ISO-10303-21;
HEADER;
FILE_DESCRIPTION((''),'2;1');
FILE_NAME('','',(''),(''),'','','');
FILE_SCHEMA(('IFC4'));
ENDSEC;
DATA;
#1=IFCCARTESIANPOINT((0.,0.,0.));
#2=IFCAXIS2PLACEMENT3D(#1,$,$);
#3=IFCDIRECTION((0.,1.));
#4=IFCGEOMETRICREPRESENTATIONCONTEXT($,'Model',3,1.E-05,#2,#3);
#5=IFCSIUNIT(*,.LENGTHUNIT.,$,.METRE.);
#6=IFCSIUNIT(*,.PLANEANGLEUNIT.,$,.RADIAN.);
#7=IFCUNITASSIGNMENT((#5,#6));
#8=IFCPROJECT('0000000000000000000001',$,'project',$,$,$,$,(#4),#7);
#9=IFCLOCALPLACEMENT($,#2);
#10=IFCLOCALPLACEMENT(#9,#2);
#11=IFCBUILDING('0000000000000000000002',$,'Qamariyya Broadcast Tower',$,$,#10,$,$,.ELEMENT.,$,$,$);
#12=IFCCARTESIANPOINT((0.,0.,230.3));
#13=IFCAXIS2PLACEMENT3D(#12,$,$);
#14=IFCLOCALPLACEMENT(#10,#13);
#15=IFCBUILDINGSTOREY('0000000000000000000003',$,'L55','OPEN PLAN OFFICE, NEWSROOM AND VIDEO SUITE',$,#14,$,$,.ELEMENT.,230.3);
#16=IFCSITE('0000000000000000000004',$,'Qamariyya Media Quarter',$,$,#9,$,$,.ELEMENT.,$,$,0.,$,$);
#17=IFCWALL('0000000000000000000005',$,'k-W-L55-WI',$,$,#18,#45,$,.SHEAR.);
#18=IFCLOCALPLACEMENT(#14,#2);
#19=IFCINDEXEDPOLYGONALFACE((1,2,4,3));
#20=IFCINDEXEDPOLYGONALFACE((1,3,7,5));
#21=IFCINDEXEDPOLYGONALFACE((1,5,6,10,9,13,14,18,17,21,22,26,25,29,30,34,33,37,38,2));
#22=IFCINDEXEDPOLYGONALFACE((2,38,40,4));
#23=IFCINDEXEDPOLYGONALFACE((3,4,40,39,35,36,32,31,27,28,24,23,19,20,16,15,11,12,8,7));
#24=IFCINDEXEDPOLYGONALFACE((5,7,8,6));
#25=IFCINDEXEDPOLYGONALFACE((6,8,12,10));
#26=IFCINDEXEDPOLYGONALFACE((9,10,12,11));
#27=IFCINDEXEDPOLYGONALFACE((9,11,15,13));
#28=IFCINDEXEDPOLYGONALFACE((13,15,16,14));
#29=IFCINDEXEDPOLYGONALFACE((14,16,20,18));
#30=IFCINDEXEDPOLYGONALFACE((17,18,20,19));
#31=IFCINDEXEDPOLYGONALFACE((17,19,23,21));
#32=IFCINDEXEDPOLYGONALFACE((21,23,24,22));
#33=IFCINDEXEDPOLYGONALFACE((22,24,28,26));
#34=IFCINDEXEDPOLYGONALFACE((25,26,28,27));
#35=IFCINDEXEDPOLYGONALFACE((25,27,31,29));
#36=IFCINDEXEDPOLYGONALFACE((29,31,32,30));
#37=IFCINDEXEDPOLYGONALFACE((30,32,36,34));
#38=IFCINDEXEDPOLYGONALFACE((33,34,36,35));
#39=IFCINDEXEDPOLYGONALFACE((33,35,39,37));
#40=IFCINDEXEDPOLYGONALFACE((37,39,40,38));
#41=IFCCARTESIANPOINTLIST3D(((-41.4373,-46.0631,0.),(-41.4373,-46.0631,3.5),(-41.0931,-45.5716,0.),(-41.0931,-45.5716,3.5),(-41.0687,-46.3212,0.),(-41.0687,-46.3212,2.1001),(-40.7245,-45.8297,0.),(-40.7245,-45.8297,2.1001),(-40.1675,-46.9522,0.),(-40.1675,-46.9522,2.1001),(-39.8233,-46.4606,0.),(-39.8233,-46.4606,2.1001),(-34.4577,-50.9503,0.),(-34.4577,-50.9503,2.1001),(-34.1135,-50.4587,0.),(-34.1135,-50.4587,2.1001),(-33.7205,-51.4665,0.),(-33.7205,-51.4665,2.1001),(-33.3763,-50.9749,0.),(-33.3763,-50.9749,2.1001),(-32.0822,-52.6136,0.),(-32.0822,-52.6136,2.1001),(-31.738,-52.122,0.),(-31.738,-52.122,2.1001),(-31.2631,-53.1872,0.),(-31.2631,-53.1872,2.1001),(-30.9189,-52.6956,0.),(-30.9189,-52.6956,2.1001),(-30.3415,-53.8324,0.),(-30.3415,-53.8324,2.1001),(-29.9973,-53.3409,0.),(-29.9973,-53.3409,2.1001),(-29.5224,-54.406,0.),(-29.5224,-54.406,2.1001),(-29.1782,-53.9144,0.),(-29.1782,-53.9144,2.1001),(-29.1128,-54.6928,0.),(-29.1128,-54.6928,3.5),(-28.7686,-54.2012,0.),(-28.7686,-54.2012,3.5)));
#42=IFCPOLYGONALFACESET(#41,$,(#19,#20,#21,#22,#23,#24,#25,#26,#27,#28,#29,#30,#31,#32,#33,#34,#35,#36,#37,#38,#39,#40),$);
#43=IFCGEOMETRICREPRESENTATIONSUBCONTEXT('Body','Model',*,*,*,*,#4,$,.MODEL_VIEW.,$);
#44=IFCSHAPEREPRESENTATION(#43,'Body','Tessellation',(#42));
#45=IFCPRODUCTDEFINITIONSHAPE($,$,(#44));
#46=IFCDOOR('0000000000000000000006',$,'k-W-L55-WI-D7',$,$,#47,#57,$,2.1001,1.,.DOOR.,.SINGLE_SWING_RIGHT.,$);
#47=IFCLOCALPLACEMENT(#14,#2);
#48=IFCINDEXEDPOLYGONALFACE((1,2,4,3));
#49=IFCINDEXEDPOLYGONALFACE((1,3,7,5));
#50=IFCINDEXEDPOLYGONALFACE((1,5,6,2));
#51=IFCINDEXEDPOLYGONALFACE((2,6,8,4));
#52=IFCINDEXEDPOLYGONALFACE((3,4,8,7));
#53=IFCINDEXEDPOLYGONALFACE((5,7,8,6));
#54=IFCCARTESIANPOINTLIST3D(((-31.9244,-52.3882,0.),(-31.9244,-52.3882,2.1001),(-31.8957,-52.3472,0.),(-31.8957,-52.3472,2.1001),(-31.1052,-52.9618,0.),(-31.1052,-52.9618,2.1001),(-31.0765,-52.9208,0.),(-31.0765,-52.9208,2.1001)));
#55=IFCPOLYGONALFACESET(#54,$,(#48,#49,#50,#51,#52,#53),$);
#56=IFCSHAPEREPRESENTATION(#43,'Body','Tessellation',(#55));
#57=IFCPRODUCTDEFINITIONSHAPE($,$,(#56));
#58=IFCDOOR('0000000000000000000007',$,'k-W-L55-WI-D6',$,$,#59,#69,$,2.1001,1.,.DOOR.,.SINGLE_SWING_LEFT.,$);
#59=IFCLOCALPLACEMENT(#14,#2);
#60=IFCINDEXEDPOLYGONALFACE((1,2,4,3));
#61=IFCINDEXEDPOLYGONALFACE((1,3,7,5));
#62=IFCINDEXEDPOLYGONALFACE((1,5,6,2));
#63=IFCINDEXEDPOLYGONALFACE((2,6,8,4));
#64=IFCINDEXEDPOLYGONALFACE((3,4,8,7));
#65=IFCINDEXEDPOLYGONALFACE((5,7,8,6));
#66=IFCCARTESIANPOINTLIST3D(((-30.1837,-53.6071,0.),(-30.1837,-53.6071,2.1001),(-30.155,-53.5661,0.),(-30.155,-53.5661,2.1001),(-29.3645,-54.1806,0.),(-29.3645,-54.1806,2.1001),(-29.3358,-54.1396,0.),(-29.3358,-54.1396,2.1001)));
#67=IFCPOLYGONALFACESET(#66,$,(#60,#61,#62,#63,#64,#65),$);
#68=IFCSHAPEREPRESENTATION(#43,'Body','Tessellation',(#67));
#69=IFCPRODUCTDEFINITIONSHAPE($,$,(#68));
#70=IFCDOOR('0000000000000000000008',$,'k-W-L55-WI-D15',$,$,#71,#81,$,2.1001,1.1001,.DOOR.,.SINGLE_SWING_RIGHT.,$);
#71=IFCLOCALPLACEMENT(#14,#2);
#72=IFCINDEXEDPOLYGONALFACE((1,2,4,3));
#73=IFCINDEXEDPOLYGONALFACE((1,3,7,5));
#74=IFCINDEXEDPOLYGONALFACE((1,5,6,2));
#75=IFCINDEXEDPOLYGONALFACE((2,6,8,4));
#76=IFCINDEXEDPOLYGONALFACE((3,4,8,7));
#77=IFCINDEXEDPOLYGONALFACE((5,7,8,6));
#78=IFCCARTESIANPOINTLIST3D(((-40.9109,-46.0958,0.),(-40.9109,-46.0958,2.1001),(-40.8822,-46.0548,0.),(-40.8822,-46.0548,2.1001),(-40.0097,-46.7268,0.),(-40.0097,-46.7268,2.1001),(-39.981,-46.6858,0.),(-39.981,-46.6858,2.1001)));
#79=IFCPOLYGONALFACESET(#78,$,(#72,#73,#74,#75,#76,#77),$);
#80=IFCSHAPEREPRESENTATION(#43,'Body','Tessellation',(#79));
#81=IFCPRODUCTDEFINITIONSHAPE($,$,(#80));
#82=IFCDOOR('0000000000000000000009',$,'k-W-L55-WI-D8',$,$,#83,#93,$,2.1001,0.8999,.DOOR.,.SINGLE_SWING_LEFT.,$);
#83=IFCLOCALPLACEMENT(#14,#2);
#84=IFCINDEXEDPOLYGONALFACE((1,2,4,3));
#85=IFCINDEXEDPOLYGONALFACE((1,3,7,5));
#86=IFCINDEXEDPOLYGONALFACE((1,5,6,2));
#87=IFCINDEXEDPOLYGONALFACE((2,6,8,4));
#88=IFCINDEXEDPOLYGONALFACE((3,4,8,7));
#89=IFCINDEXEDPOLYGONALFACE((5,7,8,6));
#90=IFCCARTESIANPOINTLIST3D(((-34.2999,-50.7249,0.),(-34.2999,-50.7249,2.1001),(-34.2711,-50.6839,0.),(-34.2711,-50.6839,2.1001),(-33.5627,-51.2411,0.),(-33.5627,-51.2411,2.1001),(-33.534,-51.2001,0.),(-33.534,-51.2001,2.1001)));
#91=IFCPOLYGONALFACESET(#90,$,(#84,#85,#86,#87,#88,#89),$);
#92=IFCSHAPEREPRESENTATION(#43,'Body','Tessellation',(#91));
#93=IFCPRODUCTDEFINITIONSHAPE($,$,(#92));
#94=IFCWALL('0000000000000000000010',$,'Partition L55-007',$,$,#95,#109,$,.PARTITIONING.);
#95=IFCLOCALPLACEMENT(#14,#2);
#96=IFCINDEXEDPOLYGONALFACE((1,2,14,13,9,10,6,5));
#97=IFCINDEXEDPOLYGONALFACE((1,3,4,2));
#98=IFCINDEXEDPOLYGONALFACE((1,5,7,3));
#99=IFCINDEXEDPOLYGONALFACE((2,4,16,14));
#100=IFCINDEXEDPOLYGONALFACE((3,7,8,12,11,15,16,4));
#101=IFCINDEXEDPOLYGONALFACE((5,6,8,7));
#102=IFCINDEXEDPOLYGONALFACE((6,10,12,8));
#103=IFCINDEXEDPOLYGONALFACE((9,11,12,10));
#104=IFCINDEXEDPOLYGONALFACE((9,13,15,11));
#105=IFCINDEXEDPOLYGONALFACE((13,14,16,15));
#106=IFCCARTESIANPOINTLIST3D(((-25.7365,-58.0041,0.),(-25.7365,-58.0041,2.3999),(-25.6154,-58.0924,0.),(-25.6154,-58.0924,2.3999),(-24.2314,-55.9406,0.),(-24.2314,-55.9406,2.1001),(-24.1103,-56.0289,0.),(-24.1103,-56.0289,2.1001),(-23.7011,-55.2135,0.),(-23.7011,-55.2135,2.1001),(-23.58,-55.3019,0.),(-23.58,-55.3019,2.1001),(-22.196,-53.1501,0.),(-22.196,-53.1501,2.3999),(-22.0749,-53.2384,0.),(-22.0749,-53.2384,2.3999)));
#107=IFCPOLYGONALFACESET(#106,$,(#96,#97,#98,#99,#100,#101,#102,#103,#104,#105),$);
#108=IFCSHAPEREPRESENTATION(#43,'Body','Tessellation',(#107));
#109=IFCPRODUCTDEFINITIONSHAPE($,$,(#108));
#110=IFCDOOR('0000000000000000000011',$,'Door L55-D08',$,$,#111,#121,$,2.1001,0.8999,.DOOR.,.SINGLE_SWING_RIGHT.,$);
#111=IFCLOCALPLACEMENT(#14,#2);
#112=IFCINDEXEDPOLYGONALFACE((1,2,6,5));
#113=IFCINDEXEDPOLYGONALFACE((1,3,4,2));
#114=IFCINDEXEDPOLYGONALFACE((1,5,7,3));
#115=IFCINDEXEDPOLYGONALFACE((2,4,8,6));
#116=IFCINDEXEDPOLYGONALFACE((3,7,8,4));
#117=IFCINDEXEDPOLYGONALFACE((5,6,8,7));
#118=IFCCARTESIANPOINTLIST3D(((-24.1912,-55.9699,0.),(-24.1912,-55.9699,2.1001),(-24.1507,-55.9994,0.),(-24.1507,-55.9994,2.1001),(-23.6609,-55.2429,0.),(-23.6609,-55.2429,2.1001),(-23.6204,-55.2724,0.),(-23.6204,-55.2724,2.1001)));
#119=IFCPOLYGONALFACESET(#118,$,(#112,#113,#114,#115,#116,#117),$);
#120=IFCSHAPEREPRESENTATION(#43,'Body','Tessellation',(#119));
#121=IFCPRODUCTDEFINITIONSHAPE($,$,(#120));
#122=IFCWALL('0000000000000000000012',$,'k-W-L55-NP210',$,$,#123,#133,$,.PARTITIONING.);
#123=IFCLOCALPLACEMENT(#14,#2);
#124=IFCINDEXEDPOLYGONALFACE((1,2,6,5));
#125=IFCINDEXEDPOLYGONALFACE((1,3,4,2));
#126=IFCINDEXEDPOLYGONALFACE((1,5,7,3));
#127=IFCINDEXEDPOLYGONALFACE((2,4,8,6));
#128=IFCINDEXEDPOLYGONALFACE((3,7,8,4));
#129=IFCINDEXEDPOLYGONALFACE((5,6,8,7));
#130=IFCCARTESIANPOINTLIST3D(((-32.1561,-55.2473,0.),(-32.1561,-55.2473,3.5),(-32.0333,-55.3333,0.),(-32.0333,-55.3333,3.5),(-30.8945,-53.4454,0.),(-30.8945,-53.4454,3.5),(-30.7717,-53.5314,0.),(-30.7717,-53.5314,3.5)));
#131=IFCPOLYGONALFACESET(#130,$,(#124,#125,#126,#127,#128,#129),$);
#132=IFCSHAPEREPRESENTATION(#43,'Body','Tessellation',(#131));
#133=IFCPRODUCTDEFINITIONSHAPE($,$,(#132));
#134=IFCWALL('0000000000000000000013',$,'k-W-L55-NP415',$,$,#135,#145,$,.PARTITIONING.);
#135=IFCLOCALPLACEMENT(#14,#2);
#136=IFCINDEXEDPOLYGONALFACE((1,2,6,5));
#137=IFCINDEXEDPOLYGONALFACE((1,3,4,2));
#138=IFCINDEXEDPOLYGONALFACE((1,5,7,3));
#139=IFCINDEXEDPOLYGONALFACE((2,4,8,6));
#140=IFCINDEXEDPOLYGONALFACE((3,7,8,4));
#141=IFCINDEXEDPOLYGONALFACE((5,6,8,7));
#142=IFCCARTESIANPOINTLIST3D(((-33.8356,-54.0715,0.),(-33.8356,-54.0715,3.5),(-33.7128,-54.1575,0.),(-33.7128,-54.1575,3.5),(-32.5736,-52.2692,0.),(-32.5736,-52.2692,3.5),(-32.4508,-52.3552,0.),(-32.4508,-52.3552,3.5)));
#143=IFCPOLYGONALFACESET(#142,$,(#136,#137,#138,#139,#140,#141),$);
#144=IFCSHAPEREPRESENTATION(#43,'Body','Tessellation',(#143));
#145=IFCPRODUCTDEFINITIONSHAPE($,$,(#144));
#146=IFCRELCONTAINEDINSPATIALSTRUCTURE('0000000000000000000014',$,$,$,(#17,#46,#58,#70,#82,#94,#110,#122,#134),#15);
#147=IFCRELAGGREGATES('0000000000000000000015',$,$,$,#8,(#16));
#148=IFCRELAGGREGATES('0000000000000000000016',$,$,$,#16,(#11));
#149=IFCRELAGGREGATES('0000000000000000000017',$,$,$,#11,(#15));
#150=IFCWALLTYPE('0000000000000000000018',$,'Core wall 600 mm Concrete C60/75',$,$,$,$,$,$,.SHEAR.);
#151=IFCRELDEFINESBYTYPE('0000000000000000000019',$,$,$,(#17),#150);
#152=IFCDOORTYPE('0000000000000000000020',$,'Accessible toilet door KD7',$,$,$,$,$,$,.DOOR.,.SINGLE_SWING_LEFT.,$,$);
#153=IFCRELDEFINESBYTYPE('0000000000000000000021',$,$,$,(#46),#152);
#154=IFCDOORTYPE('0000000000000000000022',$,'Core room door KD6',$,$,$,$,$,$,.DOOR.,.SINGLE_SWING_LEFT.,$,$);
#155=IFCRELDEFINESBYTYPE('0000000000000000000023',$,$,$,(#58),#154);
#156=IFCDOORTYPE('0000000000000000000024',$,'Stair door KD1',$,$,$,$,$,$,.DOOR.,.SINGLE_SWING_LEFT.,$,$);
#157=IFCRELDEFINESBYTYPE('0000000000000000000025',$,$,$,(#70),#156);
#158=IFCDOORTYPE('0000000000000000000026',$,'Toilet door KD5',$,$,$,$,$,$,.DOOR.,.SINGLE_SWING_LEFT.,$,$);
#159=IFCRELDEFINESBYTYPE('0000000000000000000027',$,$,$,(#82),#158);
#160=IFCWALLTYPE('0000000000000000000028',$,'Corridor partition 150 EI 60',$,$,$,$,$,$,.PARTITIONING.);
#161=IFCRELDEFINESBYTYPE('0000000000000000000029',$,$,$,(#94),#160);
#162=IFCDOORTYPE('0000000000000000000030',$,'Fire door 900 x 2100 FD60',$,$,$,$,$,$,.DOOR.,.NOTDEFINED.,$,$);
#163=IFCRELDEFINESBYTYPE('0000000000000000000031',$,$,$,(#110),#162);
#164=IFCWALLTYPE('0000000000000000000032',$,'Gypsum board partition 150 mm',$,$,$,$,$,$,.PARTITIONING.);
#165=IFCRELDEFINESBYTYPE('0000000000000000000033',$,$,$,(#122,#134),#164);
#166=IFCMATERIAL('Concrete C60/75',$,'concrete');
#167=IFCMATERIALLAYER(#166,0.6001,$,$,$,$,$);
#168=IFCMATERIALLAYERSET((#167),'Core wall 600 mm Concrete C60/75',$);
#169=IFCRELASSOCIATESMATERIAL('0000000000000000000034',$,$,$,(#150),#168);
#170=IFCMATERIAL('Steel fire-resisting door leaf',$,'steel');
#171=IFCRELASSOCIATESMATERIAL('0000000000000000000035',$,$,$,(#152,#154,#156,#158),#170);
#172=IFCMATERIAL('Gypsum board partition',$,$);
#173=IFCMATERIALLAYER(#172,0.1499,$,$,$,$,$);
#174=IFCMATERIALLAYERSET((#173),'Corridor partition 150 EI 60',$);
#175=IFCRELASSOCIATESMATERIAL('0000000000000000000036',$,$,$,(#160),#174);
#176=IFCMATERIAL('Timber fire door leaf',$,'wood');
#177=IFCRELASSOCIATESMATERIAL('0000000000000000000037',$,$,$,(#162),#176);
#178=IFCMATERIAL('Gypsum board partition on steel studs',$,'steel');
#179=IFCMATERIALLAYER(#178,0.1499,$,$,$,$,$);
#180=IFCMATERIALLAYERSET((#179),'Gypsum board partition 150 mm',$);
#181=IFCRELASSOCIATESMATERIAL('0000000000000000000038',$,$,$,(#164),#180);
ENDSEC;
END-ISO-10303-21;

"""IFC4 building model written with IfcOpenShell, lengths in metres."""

from ifc_helpers import new_model, si_unit, direction, frame, frame_2d, origin, place, context, subcontext, project, spatial, rectangle, extrude, material, layer, layer_set, type_object, element, fill, save


model = new_model("IFC4")

# Units and contexts
model_context = context("Model", 3, precision=1e-05, world=origin(), true_north=direction((0.0, 1.0)))
body_context = subcontext(model_context, "Body", "Model", "MODEL_VIEW")
ifc_project = project(units=[si_unit("LENGTHUNIT", "METRE"), si_unit("PLANEANGLEUNIT", "RADIAN")], contexts=[model_context])

# Site, building, storey
site_placement = place(None, origin())
site = spatial("IfcSite", under=ifc_project, at=site_placement, Name="Qamariyya Media Quarter", CompositionType="ELEMENT", RefElevation=0.0)
building_placement = place(site_placement, origin())
building = spatial("IfcBuilding", under=site, at=building_placement, Name="Qamariyya Broadcast Tower", CompositionType="ELEMENT")
storey_placement = place(building_placement, frame((0.0, 0.0, 230.3)))
storey = spatial("IfcBuildingStorey", under=building, at=storey_placement, Name="L55", Description="OPEN PLAN OFFICE, NEWSROOM AND VIDEO SUITE", CompositionType="ELEMENT", Elevation=230.3)

# Shared definitions
ifc_material_1 = material(Name="Concrete C60/75", Category="concrete")

# Wall, openings, doors
ifc_layer_1 = layer(ifc_material_1, 0.6001)
ifc_layer_set_1 = layer_set([ifc_layer_1], Name="Core wall 600 mm Concrete C60/75")
wall_type_1 = type_object("IfcWallType", Name="Core wall 600 mm Concrete C60/75", PredefinedType="SHEAR", material=ifc_layer_set_1)
wall_1_placement = place(storey_placement, frame((-28.9407, -54.447, 0.0), z_axis=(0.0, 0.0, 1.0), x_axis=(-0.819153, 0.573575, 0.0)))
wall_1 = element("IfcWall", 1, at=wall_1_placement, inside=storey, type_object=wall_type_1, Name="k-W-L55-WI", PredefinedType="SHEAR", context=body_context, shape_type="SweptSolid", body=[
    extrude(rectangle(XDim=15.0454, YDim=0.6001, at=frame_2d((7.5227, 0.0))), origin(), (0.0, 0.0, 1.0), 3.5),
])
opening_1_placement = place(wall_1_placement, frame((0.5, 0.0, 0.0)))
opening_1 = element("IfcOpeningElement", 2, at=opening_1_placement, cuts=wall_1, PredefinedType="OPENING", context=body_context, shape_type="SweptSolid", body=[
    extrude(rectangle(XDim=1.0, YDim=2.1001, at=frame_2d((0.5, 1.05))), frame((0.0, 0.3101, 0.0), z_axis=(0.0, -1.0, 0.0), x_axis=(1.0, 0.0, 0.0)), (0.0, 0.0, 1.0), 0.6201),
])
opening_2_placement = place(wall_1_placement, frame((2.625, 0.0, 0.0)))
opening_2 = element("IfcOpeningElement", 3, at=opening_2_placement, cuts=wall_1, PredefinedType="OPENING", context=body_context, shape_type="SweptSolid", body=[
    extrude(rectangle(XDim=1.0, YDim=2.1001, at=frame_2d((0.5, 1.05))), frame((0.0, 0.3101, 0.0), z_axis=(0.0, -1.0, 0.0), x_axis=(1.0, 0.0, 0.0)), (0.0, 0.0, 1.0), 0.6201),
])
opening_3_placement = place(wall_1_placement, frame((5.625, 0.0, 0.0)))
opening_3 = element("IfcOpeningElement", 4, at=opening_3_placement, cuts=wall_1, PredefinedType="OPENING", context=body_context, shape_type="SweptSolid", body=[
    extrude(rectangle(XDim=0.8999, YDim=2.1001, at=frame_2d((0.45, 1.05))), frame((0.0, 0.3101, 0.0), z_axis=(0.0, -1.0, 0.0), x_axis=(1.0, 0.0, 0.0)), (0.0, 0.0, 1.0), 0.6201),
])
opening_4_placement = place(wall_1_placement, frame((13.4954, 0.0, 0.0)))
opening_4 = element("IfcOpeningElement", 5, at=opening_4_placement, cuts=wall_1, PredefinedType="OPENING", context=body_context, shape_type="SweptSolid", body=[
    extrude(rectangle(XDim=1.1001, YDim=2.1001, at=frame_2d((0.55, 1.05))), frame((0.0, 0.3101, 0.0), z_axis=(0.0, -1.0, 0.0), x_axis=(1.0, 0.0, 0.0)), (0.0, 0.0, 1.0), 0.6201),
])
ifc_material_2 = material(Name="Steel fire-resisting door leaf", Category="steel")
door_type_1 = type_object("IfcDoorType", Name="Accessible toilet door KD7", OperationType="SINGLE_SWING_LEFT", PredefinedType="DOOR", material=ifc_material_2)
door_1_placement = place(opening_2_placement, origin())
door_1 = element("IfcDoor", 6, at=door_1_placement, inside=storey, type_object=door_type_1, Name="k-W-L55-WI-D7", OperationType="SINGLE_SWING_RIGHT", OverallHeight=2.1001, OverallWidth=1.0, PredefinedType="DOOR", context=body_context, shape_type="SweptSolid", body=[
    extrude(rectangle(XDim=1.0, YDim=2.1001, at=frame_2d((0.5, 1.05))), frame((0.0, 0.0249, 0.0), z_axis=(0.0, -1.0, 0.0), x_axis=(1.0, 0.0, 0.0)), (0.0, 0.0, 1.0), 0.05),
])
fill(opening_2, door_1)
door_type_2 = type_object("IfcDoorType", Name="Core room door KD6", OperationType="SINGLE_SWING_LEFT", PredefinedType="DOOR", material=ifc_material_2)
door_2_placement = place(opening_1_placement, origin())
door_2 = element("IfcDoor", 7, at=door_2_placement, inside=storey, type_object=door_type_2, Name="k-W-L55-WI-D6", OperationType="SINGLE_SWING_LEFT", OverallHeight=2.1001, OverallWidth=1.0, PredefinedType="DOOR", context=body_context, shape_type="SweptSolid", body=[
    extrude(rectangle(XDim=1.0, YDim=2.1001, at=frame_2d((0.5, 1.05))), frame((0.0, 0.0249, 0.0), z_axis=(0.0, -1.0, 0.0), x_axis=(1.0, 0.0, 0.0)), (0.0, 0.0, 1.0), 0.05),
])
fill(opening_1, door_2)
door_type_3 = type_object("IfcDoorType", Name="Stair door KD1", OperationType="SINGLE_SWING_LEFT", PredefinedType="DOOR", material=ifc_material_2)
door_3_placement = place(opening_4_placement, origin())
door_3 = element("IfcDoor", 8, at=door_3_placement, inside=storey, type_object=door_type_3, Name="k-W-L55-WI-D15", OperationType="SINGLE_SWING_RIGHT", OverallHeight=2.1001, OverallWidth=1.1001, PredefinedType="DOOR", context=body_context, shape_type="SweptSolid", body=[
    extrude(rectangle(XDim=1.1001, YDim=2.1001, at=frame_2d((0.55, 1.05))), frame((0.0, 0.0249, 0.0), z_axis=(0.0, -1.0, 0.0), x_axis=(1.0, 0.0, 0.0)), (0.0, 0.0, 1.0), 0.05),
])
fill(opening_4, door_3)
door_type_4 = type_object("IfcDoorType", Name="Toilet door KD5", OperationType="SINGLE_SWING_LEFT", PredefinedType="DOOR", material=ifc_material_2)
door_4_placement = place(opening_3_placement, origin())
door_4 = element("IfcDoor", 9, at=door_4_placement, inside=storey, type_object=door_type_4, Name="k-W-L55-WI-D8", OperationType="SINGLE_SWING_LEFT", OverallHeight=2.1001, OverallWidth=0.8999, PredefinedType="DOOR", context=body_context, shape_type="SweptSolid", body=[
    extrude(rectangle(XDim=0.8999, YDim=2.1001, at=frame_2d((0.45, 1.05))), frame((0.0, 0.0249, 0.0), z_axis=(0.0, -1.0, 0.0), x_axis=(1.0, 0.0, 0.0)), (0.0, 0.0, 1.0), 0.05),
])
fill(opening_3, door_4)

# Wall, opening, door
ifc_material_3 = material(Name="Gypsum board partition")
ifc_layer_2 = layer(ifc_material_3, 0.1499)
ifc_layer_set_2 = layer_set([ifc_layer_2], Name="Corridor partition 150 EI 60")
wall_type_2 = type_object("IfcWallType", Name="Corridor partition 150 EI 60", PredefinedType="PARTITIONING", material=ifc_layer_set_2)
wall_2_placement = place(storey_placement, frame((-22.1355, -53.1943, 0.0), z_axis=(0.0, 0.0, 1.0), x_axis=(-0.589297, -0.807916, 0.0)))
wall_2 = element("IfcWall", 10, at=wall_2_placement, inside=storey, type_object=wall_type_2, Name="Partition L55-007", PredefinedType="PARTITIONING", context=body_context, shape_type="SweptSolid", body=[
    extrude(rectangle(XDim=6.0081, YDim=0.1499, at=frame_2d((3.0039, 0.0))), origin(), (0.0, 0.0, 1.0), 2.3999),
])
opening_5_placement = place(wall_2_placement, frame((2.554, 0.0, 0.0)))
opening_5 = element("IfcOpeningElement", 11, at=opening_5_placement, cuts=wall_2, PredefinedType="OPENING", context=body_context, shape_type="SweptSolid", body=[
    extrude(rectangle(XDim=0.8999, YDim=2.1001, at=frame_2d((0.45, 1.05))), frame((0.0, 0.085, 0.0), z_axis=(0.0, -1.0, 0.0), x_axis=(1.0, 0.0, 0.0)), (0.0, 0.0, 1.0), 0.1699),
])
ifc_material_4 = material(Name="Timber fire door leaf", Category="wood")
door_type_5 = type_object("IfcDoorType", Name="Fire door 900 x 2100 FD60", OperationType="NOTDEFINED", PredefinedType="DOOR", material=ifc_material_4)
door_5_placement = place(opening_5_placement, origin())
door_5 = element("IfcDoor", 12, at=door_5_placement, inside=storey, type_object=door_type_5, Name="Door L55-D08", OperationType="SINGLE_SWING_RIGHT", OverallHeight=2.1001, OverallWidth=0.8999, PredefinedType="DOOR", context=body_context, shape_type="SweptSolid", body=[
    extrude(rectangle(XDim=0.8999, YDim=2.1001, at=frame_2d((0.45, 1.05))), frame((0.0, 0.0249, 0.0), z_axis=(0.0, -1.0, 0.0), x_axis=(1.0, 0.0, 0.0)), (0.0, 0.0, 1.0), 0.05),
])
fill(opening_5, door_5)

# Walls
ifc_material_5 = material(Name="Gypsum board partition on steel studs", Category="steel")
ifc_layer_3 = layer(ifc_material_5, 0.1499)
ifc_layer_set_3 = layer_set([ifc_layer_3], Name="Gypsum board partition 150 mm")
wall_type_3 = type_object("IfcWallType", Name="Gypsum board partition 150 mm", PredefinedType="PARTITIONING", material=ifc_layer_set_3)
wall_3_placement = place(storey_placement, frame((-32.0947, -55.2903, 0.0), z_axis=(0.0, 0.0, 1.0), x_axis=(0.573559, 0.819164, 0.0)))
element("IfcWall", 13, at=wall_3_placement, inside=storey, type_object=wall_type_3, Name="k-W-L55-NP210", PredefinedType="PARTITIONING", context=body_context, shape_type="SweptSolid", body=[
    extrude(rectangle(XDim=2.1997, YDim=0.1499, at=frame_2d((1.0999, 0.0))), origin(), (0.0, 0.0, 1.0), 3.5),
])
wall_4_placement = place(storey_placement, frame((-33.7742, -54.1145, 0.0), z_axis=(0.0, 0.0, 1.0), x_axis=(0.573581, 0.819149, 0.0)))
element("IfcWall", 14, at=wall_4_placement, inside=storey, type_object=wall_type_3, Name="k-W-L55-NP415", PredefinedType="PARTITIONING", context=body_context, shape_type="SweptSolid", body=[
    extrude(rectangle(XDim=2.2002, YDim=0.1499, at=frame_2d((1.1001, 0.0))), origin(), (0.0, 0.0, 1.0), 3.5),
])

save(model, "model.ifc")
